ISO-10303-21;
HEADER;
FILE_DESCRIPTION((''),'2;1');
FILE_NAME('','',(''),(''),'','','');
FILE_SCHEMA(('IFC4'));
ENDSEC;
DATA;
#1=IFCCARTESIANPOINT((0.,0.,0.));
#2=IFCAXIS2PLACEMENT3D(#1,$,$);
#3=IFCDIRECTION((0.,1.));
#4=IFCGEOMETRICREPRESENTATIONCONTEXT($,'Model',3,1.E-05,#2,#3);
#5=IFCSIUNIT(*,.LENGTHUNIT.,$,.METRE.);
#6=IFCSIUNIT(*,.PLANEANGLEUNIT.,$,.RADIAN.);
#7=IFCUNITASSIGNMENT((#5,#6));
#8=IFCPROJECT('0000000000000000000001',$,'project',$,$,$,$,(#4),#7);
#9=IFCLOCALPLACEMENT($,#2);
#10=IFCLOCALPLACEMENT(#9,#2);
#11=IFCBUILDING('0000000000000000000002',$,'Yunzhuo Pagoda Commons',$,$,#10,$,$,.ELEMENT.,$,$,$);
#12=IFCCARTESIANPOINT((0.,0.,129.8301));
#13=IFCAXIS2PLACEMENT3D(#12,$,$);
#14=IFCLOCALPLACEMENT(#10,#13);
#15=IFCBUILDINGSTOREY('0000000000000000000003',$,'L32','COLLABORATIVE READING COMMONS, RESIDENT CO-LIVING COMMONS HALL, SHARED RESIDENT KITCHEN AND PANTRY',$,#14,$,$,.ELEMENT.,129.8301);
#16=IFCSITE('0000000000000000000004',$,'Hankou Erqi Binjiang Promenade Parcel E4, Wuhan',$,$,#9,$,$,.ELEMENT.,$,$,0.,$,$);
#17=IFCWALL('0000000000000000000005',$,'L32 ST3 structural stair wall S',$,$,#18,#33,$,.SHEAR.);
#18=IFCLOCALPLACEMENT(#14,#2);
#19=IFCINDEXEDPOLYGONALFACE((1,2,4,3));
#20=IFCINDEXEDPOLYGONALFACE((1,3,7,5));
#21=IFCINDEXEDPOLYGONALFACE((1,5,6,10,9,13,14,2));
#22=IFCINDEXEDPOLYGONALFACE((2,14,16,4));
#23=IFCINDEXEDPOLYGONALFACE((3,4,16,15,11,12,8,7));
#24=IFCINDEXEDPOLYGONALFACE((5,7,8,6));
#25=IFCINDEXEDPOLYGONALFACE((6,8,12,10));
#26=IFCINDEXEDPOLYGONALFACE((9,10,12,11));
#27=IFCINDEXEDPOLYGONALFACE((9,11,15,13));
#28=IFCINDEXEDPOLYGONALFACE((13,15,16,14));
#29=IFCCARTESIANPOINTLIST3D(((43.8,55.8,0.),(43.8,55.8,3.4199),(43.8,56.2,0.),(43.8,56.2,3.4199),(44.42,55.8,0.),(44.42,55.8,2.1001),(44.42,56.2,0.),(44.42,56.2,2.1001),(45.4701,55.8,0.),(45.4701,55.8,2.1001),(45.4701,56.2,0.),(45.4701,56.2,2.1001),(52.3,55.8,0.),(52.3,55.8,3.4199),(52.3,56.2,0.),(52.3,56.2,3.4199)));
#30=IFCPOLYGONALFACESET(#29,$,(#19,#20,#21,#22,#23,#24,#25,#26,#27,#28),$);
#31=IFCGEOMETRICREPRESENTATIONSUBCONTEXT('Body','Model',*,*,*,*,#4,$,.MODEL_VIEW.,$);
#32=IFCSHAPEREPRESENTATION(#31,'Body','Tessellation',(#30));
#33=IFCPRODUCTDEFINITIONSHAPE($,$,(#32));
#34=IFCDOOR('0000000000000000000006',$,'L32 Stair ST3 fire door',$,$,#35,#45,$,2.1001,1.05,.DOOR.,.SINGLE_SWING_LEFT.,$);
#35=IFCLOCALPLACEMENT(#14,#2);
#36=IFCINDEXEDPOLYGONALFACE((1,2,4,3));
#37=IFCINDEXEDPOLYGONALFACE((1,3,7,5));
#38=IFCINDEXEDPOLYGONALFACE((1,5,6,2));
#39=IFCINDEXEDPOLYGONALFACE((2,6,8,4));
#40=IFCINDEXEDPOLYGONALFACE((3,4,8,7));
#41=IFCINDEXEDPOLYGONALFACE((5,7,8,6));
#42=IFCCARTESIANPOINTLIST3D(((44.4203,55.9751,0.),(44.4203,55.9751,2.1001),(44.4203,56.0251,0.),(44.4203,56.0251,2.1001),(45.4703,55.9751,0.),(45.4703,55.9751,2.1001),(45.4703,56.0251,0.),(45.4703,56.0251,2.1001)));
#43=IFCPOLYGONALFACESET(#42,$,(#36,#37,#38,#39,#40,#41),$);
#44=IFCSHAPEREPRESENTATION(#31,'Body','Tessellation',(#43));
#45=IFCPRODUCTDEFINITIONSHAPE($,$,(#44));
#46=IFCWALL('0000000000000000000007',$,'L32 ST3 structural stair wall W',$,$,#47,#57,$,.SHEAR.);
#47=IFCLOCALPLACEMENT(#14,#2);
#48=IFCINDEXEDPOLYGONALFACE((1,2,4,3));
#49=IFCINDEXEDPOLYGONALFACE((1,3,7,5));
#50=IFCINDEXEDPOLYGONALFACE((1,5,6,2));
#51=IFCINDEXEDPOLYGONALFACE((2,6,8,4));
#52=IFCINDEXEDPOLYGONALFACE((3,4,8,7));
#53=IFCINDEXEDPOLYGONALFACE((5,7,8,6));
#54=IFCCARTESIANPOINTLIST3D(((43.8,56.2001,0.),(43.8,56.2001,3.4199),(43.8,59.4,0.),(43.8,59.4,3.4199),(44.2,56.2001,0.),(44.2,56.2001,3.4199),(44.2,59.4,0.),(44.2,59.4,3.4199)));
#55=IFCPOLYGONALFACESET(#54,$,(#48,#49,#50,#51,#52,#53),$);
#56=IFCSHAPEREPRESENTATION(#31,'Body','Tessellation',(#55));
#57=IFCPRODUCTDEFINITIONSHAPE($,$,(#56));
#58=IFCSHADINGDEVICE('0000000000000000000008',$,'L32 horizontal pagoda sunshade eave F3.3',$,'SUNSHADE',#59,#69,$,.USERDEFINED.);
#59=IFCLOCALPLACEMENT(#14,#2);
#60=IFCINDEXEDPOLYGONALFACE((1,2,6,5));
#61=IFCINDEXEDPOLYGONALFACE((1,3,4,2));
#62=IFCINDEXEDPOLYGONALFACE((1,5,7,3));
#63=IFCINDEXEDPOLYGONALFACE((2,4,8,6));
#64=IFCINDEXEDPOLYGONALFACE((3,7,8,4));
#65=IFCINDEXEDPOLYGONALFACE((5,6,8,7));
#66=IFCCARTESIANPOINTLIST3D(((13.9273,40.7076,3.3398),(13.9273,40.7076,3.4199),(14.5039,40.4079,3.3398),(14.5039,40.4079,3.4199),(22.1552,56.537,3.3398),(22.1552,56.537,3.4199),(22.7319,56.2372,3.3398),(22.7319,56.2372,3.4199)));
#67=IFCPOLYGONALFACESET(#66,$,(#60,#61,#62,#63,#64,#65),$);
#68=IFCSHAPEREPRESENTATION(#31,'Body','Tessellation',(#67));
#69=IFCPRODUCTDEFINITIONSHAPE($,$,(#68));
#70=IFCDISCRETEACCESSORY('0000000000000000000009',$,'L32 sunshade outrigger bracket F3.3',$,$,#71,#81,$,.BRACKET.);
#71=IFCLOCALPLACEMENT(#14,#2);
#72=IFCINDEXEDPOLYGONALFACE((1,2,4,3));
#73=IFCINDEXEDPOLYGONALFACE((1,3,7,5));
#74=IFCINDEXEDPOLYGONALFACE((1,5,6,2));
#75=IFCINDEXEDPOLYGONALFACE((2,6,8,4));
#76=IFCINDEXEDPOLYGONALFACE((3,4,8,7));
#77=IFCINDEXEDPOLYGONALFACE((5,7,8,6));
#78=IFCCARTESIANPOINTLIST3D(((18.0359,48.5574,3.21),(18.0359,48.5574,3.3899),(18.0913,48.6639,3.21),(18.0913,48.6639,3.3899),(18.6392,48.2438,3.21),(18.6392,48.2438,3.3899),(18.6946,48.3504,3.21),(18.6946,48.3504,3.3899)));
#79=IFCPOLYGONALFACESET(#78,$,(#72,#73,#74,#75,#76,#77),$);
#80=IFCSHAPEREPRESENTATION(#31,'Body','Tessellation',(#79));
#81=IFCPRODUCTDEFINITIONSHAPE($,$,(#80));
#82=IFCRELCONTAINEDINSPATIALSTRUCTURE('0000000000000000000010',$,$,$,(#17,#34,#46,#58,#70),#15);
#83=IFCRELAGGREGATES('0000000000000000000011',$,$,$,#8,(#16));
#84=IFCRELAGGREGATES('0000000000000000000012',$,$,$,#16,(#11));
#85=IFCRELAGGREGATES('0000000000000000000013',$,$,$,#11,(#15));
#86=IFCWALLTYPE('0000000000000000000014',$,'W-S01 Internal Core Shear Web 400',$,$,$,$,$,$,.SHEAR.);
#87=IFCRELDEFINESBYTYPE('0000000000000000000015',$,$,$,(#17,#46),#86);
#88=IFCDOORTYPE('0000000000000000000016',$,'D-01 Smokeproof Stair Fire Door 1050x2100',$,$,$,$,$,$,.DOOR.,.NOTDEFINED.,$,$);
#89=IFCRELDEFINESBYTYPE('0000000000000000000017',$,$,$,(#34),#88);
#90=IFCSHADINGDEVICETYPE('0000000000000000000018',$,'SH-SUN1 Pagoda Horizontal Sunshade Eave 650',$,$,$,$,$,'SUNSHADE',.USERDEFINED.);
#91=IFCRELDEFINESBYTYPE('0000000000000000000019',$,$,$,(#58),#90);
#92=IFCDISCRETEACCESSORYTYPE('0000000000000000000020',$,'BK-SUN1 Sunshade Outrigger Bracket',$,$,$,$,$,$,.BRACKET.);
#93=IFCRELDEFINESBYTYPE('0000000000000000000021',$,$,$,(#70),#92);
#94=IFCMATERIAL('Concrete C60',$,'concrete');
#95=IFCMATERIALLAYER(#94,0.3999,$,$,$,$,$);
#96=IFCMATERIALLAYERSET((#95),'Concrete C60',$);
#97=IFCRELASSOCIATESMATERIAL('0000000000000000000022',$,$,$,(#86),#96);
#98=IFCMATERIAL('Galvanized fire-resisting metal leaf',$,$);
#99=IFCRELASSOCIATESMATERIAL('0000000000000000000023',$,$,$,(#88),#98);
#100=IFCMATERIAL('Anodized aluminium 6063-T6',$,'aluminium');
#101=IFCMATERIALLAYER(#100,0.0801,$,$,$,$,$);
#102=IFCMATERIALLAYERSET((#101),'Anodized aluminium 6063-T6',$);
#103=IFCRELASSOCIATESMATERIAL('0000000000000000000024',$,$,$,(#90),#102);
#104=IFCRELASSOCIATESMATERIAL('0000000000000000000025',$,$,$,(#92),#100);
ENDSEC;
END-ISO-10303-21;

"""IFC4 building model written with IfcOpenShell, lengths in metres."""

from ifc_helpers import new_model, si_unit, direction, frame, frame_2d, origin, origin_2d, place, context, subcontext, project, spatial, rectangle, extrude, source, transform, mapped, material, layer, layer_set, type_object, element, fill, save


model = new_model("IFC4")

# Units and contexts
model_context = context("Model", 3, precision=1e-05, world=origin(), true_north=direction((0.0, 1.0)))
body_context = subcontext(model_context, "Body", "Model", "MODEL_VIEW")
ifc_project = project(units=[si_unit("LENGTHUNIT", "METRE"), si_unit("PLANEANGLEUNIT", "RADIAN")], contexts=[model_context])

# Site, building, storey
site_placement = place(None, origin())
site = spatial("IfcSite", under=ifc_project, at=site_placement, Name="Hankou Erqi Binjiang Promenade Parcel E4, Wuhan", CompositionType="ELEMENT", RefElevation=0.0)
building_placement = place(site_placement, origin())
building = spatial("IfcBuilding", under=site, at=building_placement, Name="Yunzhuo Pagoda Commons", CompositionType="ELEMENT")
storey_placement = place(building_placement, frame((0.0, 0.0, 129.8301)))
storey = spatial("IfcBuildingStorey", under=building, at=storey_placement, Name="L32", Description="COLLABORATIVE READING COMMONS, RESIDENT CO-LIVING COMMONS HALL, SHARED RESIDENT KITCHEN AND PANTRY", CompositionType="ELEMENT", Elevation=129.8301)

# Shared definitions
ifc_material_1 = material(Name="Anodized aluminium 6063-T6", Category="aluminium")

# Shared definitions
ifc_material_2 = material(Name="Galvanized fire-resisting metal leaf")

# Wall, opening, door
ifc_material_3 = material(Name="Concrete C60", Category="concrete")
ifc_layer_1 = layer(ifc_material_3, 0.3999)
ifc_layer_set_1 = layer_set([ifc_layer_1], Name="Concrete C60")
wall_type_1 = type_object("IfcWallType", Name="W-S01 Internal Core Shear Web 400", PredefinedType="SHEAR", material=ifc_layer_set_1)
wall_1_placement = place(storey_placement, frame((43.8, 56.0, 0.0), z_axis=(0.0, 0.0, 1.0), x_axis=(1.0, 0.0, 0.0)))
wall_1 = element("IfcWall", 1, at=wall_1_placement, inside=storey, type_object=wall_type_1, Name="L32 ST3 structural stair wall S", PredefinedType="SHEAR", context=body_context, shape_type="SweptSolid", body=[
    extrude(rectangle(XDim=8.5, YDim=0.3999, at=frame_2d((4.25, 0.0))), origin(), (0.0, 0.0, 1.0), 3.4199),
])
opening_1_placement = place(wall_1_placement, frame((0.6201, 0.0, 0.0)))
opening_1 = element("IfcOpeningElement", 2, at=opening_1_placement, cuts=wall_1, PredefinedType="OPENING", context=body_context, shape_type="SweptSolid", body=[
    extrude(rectangle(XDim=1.05, YDim=2.1001, at=frame_2d((0.5249, 1.05))), frame((0.0, 0.21, 0.0), z_axis=(0.0, -1.0, 0.0), x_axis=(1.0, 0.0, 0.0)), (0.0, 0.0, 1.0), 0.4199),
])
door_type_1 = type_object("IfcDoorType", Name="D-01 Smokeproof Stair Fire Door 1050x2100", OperationType="NOTDEFINED", PredefinedType="DOOR", material=ifc_material_2)
shared_shape_1 = source(origin(), body_context, "Body", "SweptSolid", [
    extrude(rectangle(XDim=1.05, YDim=2.1001, at=frame_2d((0.5249, 1.05))), frame((0.0, 0.0249, 0.0), z_axis=(0.0, -1.0, 0.0), x_axis=(1.0, 0.0, 0.0)), (0.0, 0.0, 1.0), 0.05),
])
door_1_placement = place(opening_1_placement, frame((1.05, 0.0, 0.0), z_axis=(0.0, 0.0, 1.0), x_axis=(-1.0, 0.0, 0.0)))
door_1 = element("IfcDoor", 3, at=door_1_placement, inside=storey, type_object=door_type_1, Name="L32 Stair ST3 fire door", OperationType="SINGLE_SWING_LEFT", OverallHeight=2.1001, OverallWidth=1.05, PredefinedType="DOOR", context=body_context, shape_type="MappedRepresentation", body=[
    mapped(shared_shape_1, transform((0.0, 0.0, 0.0), scale=1.0)),
])
fill(opening_1, door_1)

# Wall
wall_2_placement = place(storey_placement, frame((44.0, 56.2, 0.0), z_axis=(0.0, 0.0, 1.0), x_axis=(0.0, 1.0, 0.0)))
element("IfcWall", 4, at=wall_2_placement, inside=storey, type_object=wall_type_1, Name="L32 ST3 structural stair wall W", PredefinedType="SHEAR", context=body_context, shape_type="SweptSolid", body=[
    extrude(rectangle(XDim=3.2, YDim=0.3999, at=frame_2d((1.6001, 0.0))), origin(), (0.0, 0.0, 1.0), 3.4199),
])

# Shading device
ifc_layer_2 = layer(ifc_material_1, 0.0801)
ifc_layer_set_2 = layer_set([ifc_layer_2], Name="Anodized aluminium 6063-T6")
shading_device_type = type_object("IfcShadingDeviceType", Name="SH-SUN1 Pagoda Horizontal Sunshade Eave 650", ElementType="SUNSHADE", PredefinedType="USERDEFINED", material=ifc_layer_set_2)
shared_shape_2 = source(origin(), body_context, "Body", "SweptSolid", [
    extrude(rectangle(XDim=17.8401, YDim=0.6499, at=origin_2d()), origin(), (0.0, 0.0, 1.0), 0.0801),
])
shading_device_placement = place(storey_placement, frame((18.3296, 48.4724, 3.3398), z_axis=(0.0, 0.0, 1.0), x_axis=(-0.461207, -0.887293, 0.0)))
element("IfcShadingDevice", 5, at=shading_device_placement, inside=storey, type_object=shading_device_type, Name="L32 horizontal pagoda sunshade eave F3.3", ObjectType="SUNSHADE", PredefinedType="USERDEFINED", context=body_context, shape_type="MappedRepresentation", body=[
    mapped(shared_shape_2, transform((0.0, 0.0, 0.0), scale=1.0)),
])

# Discrete accessory
discrete_accessory_type = type_object("IfcDiscreteAccessoryType", Name="BK-SUN1 Sunshade Outrigger Bracket", PredefinedType="BRACKET", material=ifc_material_1)
shared_shape_3 = source(origin(), body_context, "Body", "SweptSolid", [
    extrude(rectangle(XDim=0.1201, YDim=0.6799, at=origin_2d()), origin(), (0.0, 0.0, 1.0), 0.1799),
])
discrete_accessory_placement = place(storey_placement, frame((18.3652, 48.4539, 3.21), z_axis=(0.0, 0.0, 1.0), x_axis=(-0.461207, -0.887293, 0.0)))
element("IfcDiscreteAccessory", 6, at=discrete_accessory_placement, inside=storey, type_object=discrete_accessory_type, Name="L32 sunshade outrigger bracket F3.3", PredefinedType="BRACKET", context=body_context, shape_type="MappedRepresentation", body=[
    mapped(shared_shape_3, transform((0.0, 0.0, 0.0), scale=1.0)),
])

save(model, "model.ifc")
